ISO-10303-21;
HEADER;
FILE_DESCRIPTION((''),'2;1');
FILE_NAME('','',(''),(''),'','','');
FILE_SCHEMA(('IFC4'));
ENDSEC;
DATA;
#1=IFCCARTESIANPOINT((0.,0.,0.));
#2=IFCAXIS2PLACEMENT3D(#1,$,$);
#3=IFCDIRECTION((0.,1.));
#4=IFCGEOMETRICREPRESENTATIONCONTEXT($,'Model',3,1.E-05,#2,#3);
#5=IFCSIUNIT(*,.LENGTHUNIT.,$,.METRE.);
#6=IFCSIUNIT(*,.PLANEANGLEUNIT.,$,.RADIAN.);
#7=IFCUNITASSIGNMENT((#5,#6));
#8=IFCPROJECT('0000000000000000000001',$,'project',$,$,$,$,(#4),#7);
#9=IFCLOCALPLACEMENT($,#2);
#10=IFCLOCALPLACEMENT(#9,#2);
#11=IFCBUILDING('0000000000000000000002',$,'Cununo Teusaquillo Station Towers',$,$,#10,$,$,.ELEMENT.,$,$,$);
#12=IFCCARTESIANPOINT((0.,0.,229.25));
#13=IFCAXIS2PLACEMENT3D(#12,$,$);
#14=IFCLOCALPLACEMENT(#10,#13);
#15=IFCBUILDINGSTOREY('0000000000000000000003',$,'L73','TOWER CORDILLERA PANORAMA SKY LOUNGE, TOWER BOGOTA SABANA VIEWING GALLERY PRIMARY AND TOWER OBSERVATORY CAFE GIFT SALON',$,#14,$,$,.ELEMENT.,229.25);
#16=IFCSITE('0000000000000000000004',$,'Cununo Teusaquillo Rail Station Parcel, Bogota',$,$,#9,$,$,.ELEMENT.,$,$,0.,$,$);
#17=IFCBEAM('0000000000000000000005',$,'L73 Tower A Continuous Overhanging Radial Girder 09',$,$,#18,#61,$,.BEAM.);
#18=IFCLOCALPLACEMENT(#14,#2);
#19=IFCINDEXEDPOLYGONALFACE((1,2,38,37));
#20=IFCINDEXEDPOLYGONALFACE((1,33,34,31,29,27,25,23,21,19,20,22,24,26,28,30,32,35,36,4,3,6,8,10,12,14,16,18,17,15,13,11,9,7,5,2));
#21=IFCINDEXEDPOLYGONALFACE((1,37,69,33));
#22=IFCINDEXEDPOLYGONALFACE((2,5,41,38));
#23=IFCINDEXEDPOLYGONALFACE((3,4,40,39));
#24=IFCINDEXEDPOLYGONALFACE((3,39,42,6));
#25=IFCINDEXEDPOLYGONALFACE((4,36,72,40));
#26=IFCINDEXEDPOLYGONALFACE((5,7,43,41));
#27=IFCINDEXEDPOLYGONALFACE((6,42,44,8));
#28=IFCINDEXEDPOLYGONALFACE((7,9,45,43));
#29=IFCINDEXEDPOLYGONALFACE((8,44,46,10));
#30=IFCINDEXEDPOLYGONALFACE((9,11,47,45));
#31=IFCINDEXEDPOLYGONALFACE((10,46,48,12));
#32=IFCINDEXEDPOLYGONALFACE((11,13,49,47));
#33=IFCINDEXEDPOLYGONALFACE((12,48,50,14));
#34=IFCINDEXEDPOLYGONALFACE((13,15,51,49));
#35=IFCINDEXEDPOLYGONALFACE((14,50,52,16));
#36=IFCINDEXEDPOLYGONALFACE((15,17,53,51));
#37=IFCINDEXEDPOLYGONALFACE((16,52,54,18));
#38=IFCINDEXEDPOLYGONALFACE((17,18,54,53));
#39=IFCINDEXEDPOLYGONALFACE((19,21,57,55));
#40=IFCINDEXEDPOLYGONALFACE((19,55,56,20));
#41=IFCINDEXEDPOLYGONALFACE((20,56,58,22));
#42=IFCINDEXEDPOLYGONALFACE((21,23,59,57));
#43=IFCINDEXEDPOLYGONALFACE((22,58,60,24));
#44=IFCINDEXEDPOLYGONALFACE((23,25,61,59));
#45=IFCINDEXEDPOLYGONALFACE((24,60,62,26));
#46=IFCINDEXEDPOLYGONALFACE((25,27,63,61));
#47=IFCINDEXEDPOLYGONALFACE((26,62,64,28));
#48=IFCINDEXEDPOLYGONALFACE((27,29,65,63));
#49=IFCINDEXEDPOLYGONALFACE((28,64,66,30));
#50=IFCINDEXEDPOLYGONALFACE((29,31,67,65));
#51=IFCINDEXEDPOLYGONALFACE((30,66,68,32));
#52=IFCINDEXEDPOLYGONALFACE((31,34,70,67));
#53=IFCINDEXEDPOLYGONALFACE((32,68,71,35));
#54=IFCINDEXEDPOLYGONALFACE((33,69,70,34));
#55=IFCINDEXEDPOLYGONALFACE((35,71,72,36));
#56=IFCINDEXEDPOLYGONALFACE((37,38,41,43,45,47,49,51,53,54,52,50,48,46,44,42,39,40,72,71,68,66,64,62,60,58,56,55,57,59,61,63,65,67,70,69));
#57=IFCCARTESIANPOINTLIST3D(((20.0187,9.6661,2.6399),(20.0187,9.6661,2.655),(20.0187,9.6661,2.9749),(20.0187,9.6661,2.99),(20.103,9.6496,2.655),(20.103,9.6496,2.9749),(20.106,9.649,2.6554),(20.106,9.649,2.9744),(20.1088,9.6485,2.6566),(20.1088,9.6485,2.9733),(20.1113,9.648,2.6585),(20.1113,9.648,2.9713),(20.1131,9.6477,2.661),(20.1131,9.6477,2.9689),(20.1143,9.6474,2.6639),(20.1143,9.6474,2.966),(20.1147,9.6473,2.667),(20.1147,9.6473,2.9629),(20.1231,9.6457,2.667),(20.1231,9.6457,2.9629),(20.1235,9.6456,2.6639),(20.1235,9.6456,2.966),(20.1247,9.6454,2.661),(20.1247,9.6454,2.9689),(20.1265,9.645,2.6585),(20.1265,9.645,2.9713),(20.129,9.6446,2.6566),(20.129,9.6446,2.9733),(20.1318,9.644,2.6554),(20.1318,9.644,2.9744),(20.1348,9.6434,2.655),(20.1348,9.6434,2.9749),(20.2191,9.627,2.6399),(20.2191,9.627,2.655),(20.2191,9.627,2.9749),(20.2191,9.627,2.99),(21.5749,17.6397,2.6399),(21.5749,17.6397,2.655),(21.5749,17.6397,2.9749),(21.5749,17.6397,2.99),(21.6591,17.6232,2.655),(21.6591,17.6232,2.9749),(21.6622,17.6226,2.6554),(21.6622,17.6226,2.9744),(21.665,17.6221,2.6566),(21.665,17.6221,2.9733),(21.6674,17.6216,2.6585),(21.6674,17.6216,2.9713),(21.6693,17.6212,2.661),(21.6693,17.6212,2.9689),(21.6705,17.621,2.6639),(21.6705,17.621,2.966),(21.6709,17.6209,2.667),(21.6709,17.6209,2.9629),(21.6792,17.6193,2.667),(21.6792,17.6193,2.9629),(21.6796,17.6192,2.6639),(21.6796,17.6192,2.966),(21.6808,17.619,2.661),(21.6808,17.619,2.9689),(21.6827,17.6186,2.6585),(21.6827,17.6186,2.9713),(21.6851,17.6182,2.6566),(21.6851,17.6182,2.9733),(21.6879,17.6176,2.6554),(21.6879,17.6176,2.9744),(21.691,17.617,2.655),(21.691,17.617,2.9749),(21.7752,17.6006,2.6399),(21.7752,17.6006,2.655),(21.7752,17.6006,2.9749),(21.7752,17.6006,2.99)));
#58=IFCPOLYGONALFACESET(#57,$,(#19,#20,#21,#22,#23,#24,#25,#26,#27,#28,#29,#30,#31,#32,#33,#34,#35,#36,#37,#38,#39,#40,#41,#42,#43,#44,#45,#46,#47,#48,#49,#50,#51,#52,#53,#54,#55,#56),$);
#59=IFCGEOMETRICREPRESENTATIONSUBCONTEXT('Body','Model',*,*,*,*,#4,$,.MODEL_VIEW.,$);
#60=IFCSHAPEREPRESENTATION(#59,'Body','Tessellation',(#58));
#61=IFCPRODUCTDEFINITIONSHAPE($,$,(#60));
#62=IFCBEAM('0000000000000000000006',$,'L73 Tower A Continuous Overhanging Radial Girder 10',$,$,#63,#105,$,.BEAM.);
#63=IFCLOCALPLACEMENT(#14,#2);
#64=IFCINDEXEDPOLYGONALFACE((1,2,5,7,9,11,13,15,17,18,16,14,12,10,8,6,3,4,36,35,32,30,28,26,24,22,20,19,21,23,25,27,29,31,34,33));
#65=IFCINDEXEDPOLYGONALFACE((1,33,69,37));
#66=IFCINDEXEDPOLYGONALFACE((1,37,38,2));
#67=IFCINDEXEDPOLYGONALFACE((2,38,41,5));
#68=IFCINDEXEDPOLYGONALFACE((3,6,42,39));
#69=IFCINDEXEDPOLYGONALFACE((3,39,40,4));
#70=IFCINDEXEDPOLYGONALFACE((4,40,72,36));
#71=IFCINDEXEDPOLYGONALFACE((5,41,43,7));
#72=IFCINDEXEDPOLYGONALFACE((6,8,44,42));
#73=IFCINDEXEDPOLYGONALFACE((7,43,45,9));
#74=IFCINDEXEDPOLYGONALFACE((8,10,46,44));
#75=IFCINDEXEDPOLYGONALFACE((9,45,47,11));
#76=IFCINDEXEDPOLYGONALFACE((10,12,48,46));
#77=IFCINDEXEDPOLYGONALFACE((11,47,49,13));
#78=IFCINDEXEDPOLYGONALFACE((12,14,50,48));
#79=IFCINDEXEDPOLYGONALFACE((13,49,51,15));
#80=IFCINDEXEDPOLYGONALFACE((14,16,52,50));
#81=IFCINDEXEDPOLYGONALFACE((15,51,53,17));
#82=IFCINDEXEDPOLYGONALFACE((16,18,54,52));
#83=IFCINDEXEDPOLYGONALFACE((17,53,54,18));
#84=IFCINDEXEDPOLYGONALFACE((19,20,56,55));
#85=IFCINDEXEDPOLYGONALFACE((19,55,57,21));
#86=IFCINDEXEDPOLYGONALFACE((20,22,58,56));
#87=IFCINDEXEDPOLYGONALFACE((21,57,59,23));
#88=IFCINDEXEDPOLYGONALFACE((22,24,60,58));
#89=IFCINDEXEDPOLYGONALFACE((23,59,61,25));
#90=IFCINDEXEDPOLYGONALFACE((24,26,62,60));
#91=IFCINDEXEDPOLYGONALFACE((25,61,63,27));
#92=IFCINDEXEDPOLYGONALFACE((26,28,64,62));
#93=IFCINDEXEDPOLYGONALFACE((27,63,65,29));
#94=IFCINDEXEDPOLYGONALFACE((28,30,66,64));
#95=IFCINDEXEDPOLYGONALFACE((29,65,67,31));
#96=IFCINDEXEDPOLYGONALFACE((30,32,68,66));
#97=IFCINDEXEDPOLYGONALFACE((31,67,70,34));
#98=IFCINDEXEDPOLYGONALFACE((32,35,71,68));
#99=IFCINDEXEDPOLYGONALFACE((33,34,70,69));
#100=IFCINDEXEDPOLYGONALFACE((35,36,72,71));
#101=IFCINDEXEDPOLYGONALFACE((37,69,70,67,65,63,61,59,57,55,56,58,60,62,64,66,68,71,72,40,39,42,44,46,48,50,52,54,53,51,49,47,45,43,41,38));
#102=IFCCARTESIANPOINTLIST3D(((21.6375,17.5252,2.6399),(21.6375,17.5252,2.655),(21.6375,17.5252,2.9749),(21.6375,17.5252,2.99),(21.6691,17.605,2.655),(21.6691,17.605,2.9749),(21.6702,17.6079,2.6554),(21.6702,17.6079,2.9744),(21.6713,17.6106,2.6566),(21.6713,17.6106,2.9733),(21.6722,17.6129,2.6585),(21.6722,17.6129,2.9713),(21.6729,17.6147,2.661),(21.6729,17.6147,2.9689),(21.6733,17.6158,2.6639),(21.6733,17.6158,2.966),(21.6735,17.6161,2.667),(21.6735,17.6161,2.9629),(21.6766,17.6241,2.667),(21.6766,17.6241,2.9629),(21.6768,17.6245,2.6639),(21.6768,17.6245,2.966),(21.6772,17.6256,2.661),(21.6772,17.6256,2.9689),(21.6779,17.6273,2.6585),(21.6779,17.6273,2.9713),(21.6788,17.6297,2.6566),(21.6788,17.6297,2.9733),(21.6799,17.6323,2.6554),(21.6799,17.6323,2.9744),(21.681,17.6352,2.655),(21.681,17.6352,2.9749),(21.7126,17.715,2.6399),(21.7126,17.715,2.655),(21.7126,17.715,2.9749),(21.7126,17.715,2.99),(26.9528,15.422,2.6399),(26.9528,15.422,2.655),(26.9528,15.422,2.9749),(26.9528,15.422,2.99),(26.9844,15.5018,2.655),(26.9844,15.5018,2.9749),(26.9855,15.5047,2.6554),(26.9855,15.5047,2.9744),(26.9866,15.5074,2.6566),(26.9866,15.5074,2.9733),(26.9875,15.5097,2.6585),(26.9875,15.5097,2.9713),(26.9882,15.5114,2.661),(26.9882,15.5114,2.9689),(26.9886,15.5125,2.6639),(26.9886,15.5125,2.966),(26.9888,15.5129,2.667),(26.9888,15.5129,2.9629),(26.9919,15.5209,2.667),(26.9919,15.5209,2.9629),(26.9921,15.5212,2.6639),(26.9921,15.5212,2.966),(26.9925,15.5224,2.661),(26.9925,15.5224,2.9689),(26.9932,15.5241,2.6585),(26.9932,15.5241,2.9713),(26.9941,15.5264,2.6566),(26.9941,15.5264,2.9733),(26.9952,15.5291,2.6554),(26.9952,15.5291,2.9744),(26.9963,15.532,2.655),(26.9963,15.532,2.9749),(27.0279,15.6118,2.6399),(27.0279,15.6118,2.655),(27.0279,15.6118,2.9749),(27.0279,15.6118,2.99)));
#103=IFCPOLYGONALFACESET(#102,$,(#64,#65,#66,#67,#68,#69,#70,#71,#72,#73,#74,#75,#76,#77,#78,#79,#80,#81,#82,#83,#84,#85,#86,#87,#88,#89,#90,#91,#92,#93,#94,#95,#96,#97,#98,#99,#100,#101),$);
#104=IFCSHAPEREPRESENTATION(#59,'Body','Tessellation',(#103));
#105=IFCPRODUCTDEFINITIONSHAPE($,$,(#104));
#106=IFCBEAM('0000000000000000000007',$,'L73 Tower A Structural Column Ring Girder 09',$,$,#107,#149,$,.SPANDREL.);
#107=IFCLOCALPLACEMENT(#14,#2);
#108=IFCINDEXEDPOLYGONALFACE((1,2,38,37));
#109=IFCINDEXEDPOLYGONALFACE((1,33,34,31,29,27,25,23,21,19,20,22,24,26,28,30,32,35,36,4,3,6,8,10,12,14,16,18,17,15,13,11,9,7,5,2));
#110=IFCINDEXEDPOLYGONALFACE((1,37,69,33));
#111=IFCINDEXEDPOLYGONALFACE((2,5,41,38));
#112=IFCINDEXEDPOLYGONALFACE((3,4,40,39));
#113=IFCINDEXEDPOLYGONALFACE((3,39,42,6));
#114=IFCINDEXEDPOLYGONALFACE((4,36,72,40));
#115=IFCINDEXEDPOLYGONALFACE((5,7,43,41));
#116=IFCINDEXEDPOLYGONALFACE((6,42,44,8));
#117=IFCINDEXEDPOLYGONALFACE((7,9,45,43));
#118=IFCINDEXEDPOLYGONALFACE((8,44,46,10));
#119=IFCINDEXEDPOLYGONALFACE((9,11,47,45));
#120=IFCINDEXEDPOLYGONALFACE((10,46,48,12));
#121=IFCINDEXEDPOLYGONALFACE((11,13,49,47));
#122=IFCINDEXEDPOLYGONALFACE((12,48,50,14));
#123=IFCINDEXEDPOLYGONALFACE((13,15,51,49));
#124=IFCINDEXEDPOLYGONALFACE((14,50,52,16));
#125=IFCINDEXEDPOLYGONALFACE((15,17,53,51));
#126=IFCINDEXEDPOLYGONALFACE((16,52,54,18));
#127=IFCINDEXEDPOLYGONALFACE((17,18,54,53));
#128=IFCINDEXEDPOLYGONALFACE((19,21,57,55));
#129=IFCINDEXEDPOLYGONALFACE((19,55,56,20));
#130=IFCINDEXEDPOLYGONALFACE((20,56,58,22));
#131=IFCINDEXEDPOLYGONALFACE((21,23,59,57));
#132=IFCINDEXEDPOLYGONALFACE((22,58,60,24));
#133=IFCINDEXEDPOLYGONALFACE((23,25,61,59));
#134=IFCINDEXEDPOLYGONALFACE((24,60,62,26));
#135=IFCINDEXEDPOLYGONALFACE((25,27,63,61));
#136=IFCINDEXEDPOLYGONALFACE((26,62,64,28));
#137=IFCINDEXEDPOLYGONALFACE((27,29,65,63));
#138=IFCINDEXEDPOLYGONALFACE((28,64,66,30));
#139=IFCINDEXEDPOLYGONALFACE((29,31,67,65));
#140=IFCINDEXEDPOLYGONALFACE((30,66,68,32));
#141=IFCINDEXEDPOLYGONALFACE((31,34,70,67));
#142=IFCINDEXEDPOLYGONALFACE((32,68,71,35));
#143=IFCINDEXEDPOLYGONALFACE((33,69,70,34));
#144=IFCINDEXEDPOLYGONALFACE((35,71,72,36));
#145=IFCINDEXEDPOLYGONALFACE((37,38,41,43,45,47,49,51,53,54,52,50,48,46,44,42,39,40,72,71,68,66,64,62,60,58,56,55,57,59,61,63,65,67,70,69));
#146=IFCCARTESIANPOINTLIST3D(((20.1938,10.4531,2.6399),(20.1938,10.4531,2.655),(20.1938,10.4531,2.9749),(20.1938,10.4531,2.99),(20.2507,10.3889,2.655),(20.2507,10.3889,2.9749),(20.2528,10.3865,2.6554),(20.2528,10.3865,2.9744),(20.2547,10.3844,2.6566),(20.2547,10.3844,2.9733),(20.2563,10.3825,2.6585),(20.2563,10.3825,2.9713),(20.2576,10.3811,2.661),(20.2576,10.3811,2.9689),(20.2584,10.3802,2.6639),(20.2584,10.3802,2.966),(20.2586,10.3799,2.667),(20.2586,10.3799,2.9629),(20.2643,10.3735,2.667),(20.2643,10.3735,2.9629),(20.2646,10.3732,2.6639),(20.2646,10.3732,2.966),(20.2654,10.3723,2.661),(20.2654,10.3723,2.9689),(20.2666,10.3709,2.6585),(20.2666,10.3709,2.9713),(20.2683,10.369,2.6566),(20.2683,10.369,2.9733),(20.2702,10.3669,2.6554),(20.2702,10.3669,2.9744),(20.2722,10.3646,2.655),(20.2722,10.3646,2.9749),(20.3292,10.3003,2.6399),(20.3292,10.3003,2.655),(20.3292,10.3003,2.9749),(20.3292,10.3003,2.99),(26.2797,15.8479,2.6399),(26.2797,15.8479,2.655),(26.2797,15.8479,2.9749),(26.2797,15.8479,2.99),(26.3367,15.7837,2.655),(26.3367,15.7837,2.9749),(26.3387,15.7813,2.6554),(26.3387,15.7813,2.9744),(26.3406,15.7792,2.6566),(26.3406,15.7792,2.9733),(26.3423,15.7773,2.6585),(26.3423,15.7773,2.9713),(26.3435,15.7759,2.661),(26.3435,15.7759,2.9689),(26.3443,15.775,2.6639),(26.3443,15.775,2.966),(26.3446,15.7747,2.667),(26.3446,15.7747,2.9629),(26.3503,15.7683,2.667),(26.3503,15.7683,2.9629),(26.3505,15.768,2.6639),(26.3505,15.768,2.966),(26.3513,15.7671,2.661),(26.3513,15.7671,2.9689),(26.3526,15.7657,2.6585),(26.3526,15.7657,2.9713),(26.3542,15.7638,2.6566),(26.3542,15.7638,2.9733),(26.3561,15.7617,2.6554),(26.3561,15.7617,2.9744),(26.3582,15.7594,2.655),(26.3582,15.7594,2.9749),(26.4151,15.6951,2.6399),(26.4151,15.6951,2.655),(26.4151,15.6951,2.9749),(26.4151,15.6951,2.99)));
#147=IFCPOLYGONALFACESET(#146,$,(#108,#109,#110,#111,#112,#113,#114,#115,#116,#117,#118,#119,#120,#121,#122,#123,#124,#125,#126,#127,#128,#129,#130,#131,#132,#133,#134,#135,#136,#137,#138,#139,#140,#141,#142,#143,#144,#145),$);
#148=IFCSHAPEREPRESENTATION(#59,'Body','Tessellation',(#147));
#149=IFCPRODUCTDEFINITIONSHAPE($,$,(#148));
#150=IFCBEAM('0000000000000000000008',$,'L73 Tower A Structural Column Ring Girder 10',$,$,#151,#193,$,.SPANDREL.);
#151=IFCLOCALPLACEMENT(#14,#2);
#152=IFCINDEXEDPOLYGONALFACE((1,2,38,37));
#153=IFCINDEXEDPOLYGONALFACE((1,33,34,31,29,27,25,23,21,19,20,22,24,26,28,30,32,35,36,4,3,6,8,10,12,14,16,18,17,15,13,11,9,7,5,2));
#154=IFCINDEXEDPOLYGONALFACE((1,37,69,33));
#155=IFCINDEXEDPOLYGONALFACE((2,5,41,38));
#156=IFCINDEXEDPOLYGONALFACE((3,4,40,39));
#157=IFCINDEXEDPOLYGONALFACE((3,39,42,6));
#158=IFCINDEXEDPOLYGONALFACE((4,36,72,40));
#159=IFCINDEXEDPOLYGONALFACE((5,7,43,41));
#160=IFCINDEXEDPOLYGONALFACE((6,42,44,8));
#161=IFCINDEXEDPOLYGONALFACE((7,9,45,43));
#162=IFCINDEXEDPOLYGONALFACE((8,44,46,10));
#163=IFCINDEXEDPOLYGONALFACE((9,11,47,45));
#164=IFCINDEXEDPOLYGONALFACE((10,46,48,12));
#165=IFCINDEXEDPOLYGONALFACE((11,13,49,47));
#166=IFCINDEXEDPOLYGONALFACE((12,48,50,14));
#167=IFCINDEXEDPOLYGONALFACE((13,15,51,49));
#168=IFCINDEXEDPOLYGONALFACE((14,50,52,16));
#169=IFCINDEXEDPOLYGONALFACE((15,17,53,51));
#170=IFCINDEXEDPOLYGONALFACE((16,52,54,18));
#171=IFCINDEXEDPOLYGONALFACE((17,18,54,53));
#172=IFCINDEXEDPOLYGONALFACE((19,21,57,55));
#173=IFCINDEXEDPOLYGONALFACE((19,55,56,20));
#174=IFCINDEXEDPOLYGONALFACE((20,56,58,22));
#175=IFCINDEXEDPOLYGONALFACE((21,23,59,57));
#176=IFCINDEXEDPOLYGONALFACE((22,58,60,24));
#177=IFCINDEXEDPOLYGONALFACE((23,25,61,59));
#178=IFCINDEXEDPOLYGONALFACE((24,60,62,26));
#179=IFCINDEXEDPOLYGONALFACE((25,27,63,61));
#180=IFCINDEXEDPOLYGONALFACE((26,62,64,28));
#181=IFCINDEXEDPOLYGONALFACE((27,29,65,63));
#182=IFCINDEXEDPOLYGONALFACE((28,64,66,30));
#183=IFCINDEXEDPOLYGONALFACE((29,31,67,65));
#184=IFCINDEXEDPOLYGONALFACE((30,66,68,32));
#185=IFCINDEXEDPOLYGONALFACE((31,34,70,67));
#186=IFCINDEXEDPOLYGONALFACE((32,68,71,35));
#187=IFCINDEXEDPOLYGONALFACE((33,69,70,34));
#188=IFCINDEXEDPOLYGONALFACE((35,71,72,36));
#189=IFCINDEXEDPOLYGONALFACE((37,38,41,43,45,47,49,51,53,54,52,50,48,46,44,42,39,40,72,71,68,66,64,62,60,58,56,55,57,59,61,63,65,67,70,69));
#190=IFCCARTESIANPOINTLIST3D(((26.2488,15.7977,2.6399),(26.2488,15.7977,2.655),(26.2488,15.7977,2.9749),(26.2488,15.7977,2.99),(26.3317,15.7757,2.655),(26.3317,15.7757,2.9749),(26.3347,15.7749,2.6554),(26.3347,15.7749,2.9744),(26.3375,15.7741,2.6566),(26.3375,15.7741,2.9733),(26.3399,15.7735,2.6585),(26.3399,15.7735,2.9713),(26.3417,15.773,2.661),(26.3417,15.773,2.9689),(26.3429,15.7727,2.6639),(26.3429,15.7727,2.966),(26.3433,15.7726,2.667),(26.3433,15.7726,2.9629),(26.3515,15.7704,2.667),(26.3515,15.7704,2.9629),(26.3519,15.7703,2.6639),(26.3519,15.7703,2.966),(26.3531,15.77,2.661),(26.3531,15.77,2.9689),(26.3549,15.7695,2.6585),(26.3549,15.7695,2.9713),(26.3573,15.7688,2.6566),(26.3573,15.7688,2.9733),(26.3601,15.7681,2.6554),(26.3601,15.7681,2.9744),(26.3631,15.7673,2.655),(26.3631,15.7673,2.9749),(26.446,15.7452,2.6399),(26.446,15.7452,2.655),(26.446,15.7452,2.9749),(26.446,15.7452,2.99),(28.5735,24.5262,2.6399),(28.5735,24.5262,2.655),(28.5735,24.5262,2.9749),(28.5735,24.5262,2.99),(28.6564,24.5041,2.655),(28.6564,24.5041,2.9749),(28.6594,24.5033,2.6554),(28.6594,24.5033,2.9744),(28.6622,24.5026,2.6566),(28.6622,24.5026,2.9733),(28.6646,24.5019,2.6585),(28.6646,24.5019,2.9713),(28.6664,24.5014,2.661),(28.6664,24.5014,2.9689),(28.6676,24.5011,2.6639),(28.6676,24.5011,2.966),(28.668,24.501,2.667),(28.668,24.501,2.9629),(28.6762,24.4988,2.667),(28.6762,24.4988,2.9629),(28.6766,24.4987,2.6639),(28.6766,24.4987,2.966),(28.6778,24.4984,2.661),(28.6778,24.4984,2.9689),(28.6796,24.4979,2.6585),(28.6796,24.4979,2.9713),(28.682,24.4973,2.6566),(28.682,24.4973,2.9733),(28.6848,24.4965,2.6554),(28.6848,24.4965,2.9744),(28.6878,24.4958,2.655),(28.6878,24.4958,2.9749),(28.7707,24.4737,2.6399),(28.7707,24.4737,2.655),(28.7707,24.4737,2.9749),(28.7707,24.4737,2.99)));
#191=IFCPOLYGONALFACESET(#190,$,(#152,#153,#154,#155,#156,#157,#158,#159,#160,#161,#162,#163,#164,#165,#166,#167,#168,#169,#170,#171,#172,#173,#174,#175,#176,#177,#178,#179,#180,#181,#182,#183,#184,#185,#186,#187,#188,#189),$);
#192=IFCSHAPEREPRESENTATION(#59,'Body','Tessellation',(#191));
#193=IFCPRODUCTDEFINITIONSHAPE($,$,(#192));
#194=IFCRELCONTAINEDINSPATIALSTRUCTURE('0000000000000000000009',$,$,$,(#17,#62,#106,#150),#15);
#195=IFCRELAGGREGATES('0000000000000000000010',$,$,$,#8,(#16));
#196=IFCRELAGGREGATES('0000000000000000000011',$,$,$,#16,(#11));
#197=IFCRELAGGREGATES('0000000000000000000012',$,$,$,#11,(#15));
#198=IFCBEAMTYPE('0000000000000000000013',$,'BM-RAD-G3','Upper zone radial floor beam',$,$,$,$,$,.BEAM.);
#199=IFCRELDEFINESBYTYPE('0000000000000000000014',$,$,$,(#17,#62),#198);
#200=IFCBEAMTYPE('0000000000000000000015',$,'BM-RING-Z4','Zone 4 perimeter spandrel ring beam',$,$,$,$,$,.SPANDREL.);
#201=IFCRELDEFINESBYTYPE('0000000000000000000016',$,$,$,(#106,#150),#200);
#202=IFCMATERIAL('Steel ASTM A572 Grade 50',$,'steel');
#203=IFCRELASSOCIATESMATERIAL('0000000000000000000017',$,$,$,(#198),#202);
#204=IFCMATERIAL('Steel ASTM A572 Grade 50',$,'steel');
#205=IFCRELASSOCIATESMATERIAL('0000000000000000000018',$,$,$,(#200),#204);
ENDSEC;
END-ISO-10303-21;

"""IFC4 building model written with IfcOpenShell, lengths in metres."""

from ifc_helpers import new_model, si_unit, direction, frame, origin, origin_2d, place, context, subcontext, project, spatial, i_section, extrude, material, material_profile, profile_set, type_object, element, save


model = new_model("IFC4")

# Units and contexts
model_context = context("Model", 3, precision=1e-05, world=origin(), true_north=direction((0.0, 1.0)))
body_context = subcontext(model_context, "Body", "Model", "MODEL_VIEW")
ifc_project = project(units=[si_unit("LENGTHUNIT", "METRE"), si_unit("PLANEANGLEUNIT", "RADIAN")], contexts=[model_context])

# Site, building, storey
site_placement = place(None, origin())
site = spatial("IfcSite", under=ifc_project, at=site_placement, Name="Cununo Teusaquillo Rail Station Parcel, Bogota", CompositionType="ELEMENT", RefElevation=0.0)
building_placement = place(site_placement, origin())
building = spatial("IfcBuilding", under=site, at=building_placement, Name="Cununo Teusaquillo Station Towers", CompositionType="ELEMENT")
storey_placement = place(building_placement, frame((0.0, 0.0, 229.25)))
storey = spatial("IfcBuildingStorey", under=building, at=storey_placement, Name="L73", Description="TOWER CORDILLERA PANORAMA SKY LOUNGE, TOWER BOGOTA SABANA VIEWING GALLERY PRIMARY AND TOWER OBSERVATORY CAFE GIFT SALON", CompositionType="ELEMENT", Elevation=229.25)

# Beams
ifc_material_1 = material(Name="Steel ASTM A572 Grade 50", Category="steel")
ifc_material_profile_1 = material_profile(ifc_material_1, i_section(OverallWidth=0.2041, OverallDepth=0.3501, WebThickness=0.0085, FlangeThickness=0.0151, FilletRadius=0.012, at=origin_2d()), Name="W14X48")
ifc_profile_set_1 = profile_set([ifc_material_profile_1], Name="Steel ASTM A572 Grade 50")
beam_type_1 = type_object("IfcBeamType", Name="BM-RAD-G3", Description="Upper zone radial floor beam", PredefinedType="BEAM", material=ifc_profile_set_1)
beam_1_placement = place(storey_placement, frame((21.675, 17.6201, 2.8149), z_axis=(-0.191548, -0.981483, 0.0), x_axis=(0.981483, -0.191548, 0.0)))
element("IfcBeam", 1, at=beam_1_placement, inside=storey, type_object=beam_type_1, Name="L73 Tower A Continuous Overhanging Radial Girder 09", PredefinedType="BEAM", context=body_context, shape_type="SweptSolid", body=[
    extrude(i_section(OverallWidth=0.2041, OverallDepth=0.3501, WebThickness=0.0085, FlangeThickness=0.0151, FilletRadius=0.012, at=origin_2d()), origin(), (0.0, 0.0, 1.0), 8.124),
])
beam_2_placement = place(storey_placement, frame((21.675, 17.6201, 2.8149), z_axis=(0.929852, -0.367935, 0.0), x_axis=(0.367935, 0.929852, 0.0)))
element("IfcBeam", 2, at=beam_2_placement, inside=storey, type_object=beam_type_1, Name="L73 Tower A Continuous Overhanging Radial Girder 10", PredefinedType="BEAM", context=body_context, shape_type="SweptSolid", body=[
    extrude(i_section(OverallWidth=0.2041, OverallDepth=0.3501, WebThickness=0.0085, FlangeThickness=0.0151, FilletRadius=0.012, at=origin_2d()), origin(), (0.0, 0.0, 1.0), 5.7163),
])
ifc_material_2 = material(Name="Steel ASTM A572 Grade 50", Category="steel")
ifc_material_profile_2 = material_profile(ifc_material_2, i_section(OverallWidth=0.2041, OverallDepth=0.3501, WebThickness=0.0085, FlangeThickness=0.0151, FilletRadius=0.012, at=origin_2d()), Name="W14X48")
ifc_profile_set_2 = profile_set([ifc_material_profile_2], Name="Steel ASTM A572 Grade 50")
beam_type_2 = type_object("IfcBeamType", Name="BM-RING-Z4", Description="Zone 4 perimeter spandrel ring beam", PredefinedType="SPANDREL", material=ifc_profile_set_2)
beam_3_placement = place(storey_placement, frame((20.2615, 10.3767, 2.8149), z_axis=(0.748321, 0.663337, 0.0), x_axis=(-0.663337, 0.748321, 0.0)))
element("IfcBeam", 3, at=beam_3_placement, inside=storey, type_object=beam_type_2, Name="L73 Tower A Structural Column Ring Girder 09", PredefinedType="SPANDREL", context=body_context, shape_type="SweptSolid", body=[
    extrude(i_section(OverallWidth=0.2041, OverallDepth=0.3501, WebThickness=0.0085, FlangeThickness=0.0151, FilletRadius=0.012, at=origin_2d()), origin(), (0.0, 0.0, 1.0), 8.1328),
])
beam_4_placement = place(storey_placement, frame((26.3474, 15.7715, 2.8149), z_axis=(0.257363, 0.966315, 0.0), x_axis=(-0.966315, 0.257363, 0.0)))
element("IfcBeam", 4, at=beam_4_placement, inside=storey, type_object=beam_type_2, Name="L73 Tower A Structural Column Ring Girder 10", PredefinedType="SPANDREL", context=body_context, shape_type="SweptSolid", body=[
    extrude(i_section(OverallWidth=0.2041, OverallDepth=0.3501, WebThickness=0.0085, FlangeThickness=0.0151, FilletRadius=0.012, at=origin_2d()), origin(), (0.0, 0.0, 1.0), 9.0327),
])

save(model, "model.ifc")
